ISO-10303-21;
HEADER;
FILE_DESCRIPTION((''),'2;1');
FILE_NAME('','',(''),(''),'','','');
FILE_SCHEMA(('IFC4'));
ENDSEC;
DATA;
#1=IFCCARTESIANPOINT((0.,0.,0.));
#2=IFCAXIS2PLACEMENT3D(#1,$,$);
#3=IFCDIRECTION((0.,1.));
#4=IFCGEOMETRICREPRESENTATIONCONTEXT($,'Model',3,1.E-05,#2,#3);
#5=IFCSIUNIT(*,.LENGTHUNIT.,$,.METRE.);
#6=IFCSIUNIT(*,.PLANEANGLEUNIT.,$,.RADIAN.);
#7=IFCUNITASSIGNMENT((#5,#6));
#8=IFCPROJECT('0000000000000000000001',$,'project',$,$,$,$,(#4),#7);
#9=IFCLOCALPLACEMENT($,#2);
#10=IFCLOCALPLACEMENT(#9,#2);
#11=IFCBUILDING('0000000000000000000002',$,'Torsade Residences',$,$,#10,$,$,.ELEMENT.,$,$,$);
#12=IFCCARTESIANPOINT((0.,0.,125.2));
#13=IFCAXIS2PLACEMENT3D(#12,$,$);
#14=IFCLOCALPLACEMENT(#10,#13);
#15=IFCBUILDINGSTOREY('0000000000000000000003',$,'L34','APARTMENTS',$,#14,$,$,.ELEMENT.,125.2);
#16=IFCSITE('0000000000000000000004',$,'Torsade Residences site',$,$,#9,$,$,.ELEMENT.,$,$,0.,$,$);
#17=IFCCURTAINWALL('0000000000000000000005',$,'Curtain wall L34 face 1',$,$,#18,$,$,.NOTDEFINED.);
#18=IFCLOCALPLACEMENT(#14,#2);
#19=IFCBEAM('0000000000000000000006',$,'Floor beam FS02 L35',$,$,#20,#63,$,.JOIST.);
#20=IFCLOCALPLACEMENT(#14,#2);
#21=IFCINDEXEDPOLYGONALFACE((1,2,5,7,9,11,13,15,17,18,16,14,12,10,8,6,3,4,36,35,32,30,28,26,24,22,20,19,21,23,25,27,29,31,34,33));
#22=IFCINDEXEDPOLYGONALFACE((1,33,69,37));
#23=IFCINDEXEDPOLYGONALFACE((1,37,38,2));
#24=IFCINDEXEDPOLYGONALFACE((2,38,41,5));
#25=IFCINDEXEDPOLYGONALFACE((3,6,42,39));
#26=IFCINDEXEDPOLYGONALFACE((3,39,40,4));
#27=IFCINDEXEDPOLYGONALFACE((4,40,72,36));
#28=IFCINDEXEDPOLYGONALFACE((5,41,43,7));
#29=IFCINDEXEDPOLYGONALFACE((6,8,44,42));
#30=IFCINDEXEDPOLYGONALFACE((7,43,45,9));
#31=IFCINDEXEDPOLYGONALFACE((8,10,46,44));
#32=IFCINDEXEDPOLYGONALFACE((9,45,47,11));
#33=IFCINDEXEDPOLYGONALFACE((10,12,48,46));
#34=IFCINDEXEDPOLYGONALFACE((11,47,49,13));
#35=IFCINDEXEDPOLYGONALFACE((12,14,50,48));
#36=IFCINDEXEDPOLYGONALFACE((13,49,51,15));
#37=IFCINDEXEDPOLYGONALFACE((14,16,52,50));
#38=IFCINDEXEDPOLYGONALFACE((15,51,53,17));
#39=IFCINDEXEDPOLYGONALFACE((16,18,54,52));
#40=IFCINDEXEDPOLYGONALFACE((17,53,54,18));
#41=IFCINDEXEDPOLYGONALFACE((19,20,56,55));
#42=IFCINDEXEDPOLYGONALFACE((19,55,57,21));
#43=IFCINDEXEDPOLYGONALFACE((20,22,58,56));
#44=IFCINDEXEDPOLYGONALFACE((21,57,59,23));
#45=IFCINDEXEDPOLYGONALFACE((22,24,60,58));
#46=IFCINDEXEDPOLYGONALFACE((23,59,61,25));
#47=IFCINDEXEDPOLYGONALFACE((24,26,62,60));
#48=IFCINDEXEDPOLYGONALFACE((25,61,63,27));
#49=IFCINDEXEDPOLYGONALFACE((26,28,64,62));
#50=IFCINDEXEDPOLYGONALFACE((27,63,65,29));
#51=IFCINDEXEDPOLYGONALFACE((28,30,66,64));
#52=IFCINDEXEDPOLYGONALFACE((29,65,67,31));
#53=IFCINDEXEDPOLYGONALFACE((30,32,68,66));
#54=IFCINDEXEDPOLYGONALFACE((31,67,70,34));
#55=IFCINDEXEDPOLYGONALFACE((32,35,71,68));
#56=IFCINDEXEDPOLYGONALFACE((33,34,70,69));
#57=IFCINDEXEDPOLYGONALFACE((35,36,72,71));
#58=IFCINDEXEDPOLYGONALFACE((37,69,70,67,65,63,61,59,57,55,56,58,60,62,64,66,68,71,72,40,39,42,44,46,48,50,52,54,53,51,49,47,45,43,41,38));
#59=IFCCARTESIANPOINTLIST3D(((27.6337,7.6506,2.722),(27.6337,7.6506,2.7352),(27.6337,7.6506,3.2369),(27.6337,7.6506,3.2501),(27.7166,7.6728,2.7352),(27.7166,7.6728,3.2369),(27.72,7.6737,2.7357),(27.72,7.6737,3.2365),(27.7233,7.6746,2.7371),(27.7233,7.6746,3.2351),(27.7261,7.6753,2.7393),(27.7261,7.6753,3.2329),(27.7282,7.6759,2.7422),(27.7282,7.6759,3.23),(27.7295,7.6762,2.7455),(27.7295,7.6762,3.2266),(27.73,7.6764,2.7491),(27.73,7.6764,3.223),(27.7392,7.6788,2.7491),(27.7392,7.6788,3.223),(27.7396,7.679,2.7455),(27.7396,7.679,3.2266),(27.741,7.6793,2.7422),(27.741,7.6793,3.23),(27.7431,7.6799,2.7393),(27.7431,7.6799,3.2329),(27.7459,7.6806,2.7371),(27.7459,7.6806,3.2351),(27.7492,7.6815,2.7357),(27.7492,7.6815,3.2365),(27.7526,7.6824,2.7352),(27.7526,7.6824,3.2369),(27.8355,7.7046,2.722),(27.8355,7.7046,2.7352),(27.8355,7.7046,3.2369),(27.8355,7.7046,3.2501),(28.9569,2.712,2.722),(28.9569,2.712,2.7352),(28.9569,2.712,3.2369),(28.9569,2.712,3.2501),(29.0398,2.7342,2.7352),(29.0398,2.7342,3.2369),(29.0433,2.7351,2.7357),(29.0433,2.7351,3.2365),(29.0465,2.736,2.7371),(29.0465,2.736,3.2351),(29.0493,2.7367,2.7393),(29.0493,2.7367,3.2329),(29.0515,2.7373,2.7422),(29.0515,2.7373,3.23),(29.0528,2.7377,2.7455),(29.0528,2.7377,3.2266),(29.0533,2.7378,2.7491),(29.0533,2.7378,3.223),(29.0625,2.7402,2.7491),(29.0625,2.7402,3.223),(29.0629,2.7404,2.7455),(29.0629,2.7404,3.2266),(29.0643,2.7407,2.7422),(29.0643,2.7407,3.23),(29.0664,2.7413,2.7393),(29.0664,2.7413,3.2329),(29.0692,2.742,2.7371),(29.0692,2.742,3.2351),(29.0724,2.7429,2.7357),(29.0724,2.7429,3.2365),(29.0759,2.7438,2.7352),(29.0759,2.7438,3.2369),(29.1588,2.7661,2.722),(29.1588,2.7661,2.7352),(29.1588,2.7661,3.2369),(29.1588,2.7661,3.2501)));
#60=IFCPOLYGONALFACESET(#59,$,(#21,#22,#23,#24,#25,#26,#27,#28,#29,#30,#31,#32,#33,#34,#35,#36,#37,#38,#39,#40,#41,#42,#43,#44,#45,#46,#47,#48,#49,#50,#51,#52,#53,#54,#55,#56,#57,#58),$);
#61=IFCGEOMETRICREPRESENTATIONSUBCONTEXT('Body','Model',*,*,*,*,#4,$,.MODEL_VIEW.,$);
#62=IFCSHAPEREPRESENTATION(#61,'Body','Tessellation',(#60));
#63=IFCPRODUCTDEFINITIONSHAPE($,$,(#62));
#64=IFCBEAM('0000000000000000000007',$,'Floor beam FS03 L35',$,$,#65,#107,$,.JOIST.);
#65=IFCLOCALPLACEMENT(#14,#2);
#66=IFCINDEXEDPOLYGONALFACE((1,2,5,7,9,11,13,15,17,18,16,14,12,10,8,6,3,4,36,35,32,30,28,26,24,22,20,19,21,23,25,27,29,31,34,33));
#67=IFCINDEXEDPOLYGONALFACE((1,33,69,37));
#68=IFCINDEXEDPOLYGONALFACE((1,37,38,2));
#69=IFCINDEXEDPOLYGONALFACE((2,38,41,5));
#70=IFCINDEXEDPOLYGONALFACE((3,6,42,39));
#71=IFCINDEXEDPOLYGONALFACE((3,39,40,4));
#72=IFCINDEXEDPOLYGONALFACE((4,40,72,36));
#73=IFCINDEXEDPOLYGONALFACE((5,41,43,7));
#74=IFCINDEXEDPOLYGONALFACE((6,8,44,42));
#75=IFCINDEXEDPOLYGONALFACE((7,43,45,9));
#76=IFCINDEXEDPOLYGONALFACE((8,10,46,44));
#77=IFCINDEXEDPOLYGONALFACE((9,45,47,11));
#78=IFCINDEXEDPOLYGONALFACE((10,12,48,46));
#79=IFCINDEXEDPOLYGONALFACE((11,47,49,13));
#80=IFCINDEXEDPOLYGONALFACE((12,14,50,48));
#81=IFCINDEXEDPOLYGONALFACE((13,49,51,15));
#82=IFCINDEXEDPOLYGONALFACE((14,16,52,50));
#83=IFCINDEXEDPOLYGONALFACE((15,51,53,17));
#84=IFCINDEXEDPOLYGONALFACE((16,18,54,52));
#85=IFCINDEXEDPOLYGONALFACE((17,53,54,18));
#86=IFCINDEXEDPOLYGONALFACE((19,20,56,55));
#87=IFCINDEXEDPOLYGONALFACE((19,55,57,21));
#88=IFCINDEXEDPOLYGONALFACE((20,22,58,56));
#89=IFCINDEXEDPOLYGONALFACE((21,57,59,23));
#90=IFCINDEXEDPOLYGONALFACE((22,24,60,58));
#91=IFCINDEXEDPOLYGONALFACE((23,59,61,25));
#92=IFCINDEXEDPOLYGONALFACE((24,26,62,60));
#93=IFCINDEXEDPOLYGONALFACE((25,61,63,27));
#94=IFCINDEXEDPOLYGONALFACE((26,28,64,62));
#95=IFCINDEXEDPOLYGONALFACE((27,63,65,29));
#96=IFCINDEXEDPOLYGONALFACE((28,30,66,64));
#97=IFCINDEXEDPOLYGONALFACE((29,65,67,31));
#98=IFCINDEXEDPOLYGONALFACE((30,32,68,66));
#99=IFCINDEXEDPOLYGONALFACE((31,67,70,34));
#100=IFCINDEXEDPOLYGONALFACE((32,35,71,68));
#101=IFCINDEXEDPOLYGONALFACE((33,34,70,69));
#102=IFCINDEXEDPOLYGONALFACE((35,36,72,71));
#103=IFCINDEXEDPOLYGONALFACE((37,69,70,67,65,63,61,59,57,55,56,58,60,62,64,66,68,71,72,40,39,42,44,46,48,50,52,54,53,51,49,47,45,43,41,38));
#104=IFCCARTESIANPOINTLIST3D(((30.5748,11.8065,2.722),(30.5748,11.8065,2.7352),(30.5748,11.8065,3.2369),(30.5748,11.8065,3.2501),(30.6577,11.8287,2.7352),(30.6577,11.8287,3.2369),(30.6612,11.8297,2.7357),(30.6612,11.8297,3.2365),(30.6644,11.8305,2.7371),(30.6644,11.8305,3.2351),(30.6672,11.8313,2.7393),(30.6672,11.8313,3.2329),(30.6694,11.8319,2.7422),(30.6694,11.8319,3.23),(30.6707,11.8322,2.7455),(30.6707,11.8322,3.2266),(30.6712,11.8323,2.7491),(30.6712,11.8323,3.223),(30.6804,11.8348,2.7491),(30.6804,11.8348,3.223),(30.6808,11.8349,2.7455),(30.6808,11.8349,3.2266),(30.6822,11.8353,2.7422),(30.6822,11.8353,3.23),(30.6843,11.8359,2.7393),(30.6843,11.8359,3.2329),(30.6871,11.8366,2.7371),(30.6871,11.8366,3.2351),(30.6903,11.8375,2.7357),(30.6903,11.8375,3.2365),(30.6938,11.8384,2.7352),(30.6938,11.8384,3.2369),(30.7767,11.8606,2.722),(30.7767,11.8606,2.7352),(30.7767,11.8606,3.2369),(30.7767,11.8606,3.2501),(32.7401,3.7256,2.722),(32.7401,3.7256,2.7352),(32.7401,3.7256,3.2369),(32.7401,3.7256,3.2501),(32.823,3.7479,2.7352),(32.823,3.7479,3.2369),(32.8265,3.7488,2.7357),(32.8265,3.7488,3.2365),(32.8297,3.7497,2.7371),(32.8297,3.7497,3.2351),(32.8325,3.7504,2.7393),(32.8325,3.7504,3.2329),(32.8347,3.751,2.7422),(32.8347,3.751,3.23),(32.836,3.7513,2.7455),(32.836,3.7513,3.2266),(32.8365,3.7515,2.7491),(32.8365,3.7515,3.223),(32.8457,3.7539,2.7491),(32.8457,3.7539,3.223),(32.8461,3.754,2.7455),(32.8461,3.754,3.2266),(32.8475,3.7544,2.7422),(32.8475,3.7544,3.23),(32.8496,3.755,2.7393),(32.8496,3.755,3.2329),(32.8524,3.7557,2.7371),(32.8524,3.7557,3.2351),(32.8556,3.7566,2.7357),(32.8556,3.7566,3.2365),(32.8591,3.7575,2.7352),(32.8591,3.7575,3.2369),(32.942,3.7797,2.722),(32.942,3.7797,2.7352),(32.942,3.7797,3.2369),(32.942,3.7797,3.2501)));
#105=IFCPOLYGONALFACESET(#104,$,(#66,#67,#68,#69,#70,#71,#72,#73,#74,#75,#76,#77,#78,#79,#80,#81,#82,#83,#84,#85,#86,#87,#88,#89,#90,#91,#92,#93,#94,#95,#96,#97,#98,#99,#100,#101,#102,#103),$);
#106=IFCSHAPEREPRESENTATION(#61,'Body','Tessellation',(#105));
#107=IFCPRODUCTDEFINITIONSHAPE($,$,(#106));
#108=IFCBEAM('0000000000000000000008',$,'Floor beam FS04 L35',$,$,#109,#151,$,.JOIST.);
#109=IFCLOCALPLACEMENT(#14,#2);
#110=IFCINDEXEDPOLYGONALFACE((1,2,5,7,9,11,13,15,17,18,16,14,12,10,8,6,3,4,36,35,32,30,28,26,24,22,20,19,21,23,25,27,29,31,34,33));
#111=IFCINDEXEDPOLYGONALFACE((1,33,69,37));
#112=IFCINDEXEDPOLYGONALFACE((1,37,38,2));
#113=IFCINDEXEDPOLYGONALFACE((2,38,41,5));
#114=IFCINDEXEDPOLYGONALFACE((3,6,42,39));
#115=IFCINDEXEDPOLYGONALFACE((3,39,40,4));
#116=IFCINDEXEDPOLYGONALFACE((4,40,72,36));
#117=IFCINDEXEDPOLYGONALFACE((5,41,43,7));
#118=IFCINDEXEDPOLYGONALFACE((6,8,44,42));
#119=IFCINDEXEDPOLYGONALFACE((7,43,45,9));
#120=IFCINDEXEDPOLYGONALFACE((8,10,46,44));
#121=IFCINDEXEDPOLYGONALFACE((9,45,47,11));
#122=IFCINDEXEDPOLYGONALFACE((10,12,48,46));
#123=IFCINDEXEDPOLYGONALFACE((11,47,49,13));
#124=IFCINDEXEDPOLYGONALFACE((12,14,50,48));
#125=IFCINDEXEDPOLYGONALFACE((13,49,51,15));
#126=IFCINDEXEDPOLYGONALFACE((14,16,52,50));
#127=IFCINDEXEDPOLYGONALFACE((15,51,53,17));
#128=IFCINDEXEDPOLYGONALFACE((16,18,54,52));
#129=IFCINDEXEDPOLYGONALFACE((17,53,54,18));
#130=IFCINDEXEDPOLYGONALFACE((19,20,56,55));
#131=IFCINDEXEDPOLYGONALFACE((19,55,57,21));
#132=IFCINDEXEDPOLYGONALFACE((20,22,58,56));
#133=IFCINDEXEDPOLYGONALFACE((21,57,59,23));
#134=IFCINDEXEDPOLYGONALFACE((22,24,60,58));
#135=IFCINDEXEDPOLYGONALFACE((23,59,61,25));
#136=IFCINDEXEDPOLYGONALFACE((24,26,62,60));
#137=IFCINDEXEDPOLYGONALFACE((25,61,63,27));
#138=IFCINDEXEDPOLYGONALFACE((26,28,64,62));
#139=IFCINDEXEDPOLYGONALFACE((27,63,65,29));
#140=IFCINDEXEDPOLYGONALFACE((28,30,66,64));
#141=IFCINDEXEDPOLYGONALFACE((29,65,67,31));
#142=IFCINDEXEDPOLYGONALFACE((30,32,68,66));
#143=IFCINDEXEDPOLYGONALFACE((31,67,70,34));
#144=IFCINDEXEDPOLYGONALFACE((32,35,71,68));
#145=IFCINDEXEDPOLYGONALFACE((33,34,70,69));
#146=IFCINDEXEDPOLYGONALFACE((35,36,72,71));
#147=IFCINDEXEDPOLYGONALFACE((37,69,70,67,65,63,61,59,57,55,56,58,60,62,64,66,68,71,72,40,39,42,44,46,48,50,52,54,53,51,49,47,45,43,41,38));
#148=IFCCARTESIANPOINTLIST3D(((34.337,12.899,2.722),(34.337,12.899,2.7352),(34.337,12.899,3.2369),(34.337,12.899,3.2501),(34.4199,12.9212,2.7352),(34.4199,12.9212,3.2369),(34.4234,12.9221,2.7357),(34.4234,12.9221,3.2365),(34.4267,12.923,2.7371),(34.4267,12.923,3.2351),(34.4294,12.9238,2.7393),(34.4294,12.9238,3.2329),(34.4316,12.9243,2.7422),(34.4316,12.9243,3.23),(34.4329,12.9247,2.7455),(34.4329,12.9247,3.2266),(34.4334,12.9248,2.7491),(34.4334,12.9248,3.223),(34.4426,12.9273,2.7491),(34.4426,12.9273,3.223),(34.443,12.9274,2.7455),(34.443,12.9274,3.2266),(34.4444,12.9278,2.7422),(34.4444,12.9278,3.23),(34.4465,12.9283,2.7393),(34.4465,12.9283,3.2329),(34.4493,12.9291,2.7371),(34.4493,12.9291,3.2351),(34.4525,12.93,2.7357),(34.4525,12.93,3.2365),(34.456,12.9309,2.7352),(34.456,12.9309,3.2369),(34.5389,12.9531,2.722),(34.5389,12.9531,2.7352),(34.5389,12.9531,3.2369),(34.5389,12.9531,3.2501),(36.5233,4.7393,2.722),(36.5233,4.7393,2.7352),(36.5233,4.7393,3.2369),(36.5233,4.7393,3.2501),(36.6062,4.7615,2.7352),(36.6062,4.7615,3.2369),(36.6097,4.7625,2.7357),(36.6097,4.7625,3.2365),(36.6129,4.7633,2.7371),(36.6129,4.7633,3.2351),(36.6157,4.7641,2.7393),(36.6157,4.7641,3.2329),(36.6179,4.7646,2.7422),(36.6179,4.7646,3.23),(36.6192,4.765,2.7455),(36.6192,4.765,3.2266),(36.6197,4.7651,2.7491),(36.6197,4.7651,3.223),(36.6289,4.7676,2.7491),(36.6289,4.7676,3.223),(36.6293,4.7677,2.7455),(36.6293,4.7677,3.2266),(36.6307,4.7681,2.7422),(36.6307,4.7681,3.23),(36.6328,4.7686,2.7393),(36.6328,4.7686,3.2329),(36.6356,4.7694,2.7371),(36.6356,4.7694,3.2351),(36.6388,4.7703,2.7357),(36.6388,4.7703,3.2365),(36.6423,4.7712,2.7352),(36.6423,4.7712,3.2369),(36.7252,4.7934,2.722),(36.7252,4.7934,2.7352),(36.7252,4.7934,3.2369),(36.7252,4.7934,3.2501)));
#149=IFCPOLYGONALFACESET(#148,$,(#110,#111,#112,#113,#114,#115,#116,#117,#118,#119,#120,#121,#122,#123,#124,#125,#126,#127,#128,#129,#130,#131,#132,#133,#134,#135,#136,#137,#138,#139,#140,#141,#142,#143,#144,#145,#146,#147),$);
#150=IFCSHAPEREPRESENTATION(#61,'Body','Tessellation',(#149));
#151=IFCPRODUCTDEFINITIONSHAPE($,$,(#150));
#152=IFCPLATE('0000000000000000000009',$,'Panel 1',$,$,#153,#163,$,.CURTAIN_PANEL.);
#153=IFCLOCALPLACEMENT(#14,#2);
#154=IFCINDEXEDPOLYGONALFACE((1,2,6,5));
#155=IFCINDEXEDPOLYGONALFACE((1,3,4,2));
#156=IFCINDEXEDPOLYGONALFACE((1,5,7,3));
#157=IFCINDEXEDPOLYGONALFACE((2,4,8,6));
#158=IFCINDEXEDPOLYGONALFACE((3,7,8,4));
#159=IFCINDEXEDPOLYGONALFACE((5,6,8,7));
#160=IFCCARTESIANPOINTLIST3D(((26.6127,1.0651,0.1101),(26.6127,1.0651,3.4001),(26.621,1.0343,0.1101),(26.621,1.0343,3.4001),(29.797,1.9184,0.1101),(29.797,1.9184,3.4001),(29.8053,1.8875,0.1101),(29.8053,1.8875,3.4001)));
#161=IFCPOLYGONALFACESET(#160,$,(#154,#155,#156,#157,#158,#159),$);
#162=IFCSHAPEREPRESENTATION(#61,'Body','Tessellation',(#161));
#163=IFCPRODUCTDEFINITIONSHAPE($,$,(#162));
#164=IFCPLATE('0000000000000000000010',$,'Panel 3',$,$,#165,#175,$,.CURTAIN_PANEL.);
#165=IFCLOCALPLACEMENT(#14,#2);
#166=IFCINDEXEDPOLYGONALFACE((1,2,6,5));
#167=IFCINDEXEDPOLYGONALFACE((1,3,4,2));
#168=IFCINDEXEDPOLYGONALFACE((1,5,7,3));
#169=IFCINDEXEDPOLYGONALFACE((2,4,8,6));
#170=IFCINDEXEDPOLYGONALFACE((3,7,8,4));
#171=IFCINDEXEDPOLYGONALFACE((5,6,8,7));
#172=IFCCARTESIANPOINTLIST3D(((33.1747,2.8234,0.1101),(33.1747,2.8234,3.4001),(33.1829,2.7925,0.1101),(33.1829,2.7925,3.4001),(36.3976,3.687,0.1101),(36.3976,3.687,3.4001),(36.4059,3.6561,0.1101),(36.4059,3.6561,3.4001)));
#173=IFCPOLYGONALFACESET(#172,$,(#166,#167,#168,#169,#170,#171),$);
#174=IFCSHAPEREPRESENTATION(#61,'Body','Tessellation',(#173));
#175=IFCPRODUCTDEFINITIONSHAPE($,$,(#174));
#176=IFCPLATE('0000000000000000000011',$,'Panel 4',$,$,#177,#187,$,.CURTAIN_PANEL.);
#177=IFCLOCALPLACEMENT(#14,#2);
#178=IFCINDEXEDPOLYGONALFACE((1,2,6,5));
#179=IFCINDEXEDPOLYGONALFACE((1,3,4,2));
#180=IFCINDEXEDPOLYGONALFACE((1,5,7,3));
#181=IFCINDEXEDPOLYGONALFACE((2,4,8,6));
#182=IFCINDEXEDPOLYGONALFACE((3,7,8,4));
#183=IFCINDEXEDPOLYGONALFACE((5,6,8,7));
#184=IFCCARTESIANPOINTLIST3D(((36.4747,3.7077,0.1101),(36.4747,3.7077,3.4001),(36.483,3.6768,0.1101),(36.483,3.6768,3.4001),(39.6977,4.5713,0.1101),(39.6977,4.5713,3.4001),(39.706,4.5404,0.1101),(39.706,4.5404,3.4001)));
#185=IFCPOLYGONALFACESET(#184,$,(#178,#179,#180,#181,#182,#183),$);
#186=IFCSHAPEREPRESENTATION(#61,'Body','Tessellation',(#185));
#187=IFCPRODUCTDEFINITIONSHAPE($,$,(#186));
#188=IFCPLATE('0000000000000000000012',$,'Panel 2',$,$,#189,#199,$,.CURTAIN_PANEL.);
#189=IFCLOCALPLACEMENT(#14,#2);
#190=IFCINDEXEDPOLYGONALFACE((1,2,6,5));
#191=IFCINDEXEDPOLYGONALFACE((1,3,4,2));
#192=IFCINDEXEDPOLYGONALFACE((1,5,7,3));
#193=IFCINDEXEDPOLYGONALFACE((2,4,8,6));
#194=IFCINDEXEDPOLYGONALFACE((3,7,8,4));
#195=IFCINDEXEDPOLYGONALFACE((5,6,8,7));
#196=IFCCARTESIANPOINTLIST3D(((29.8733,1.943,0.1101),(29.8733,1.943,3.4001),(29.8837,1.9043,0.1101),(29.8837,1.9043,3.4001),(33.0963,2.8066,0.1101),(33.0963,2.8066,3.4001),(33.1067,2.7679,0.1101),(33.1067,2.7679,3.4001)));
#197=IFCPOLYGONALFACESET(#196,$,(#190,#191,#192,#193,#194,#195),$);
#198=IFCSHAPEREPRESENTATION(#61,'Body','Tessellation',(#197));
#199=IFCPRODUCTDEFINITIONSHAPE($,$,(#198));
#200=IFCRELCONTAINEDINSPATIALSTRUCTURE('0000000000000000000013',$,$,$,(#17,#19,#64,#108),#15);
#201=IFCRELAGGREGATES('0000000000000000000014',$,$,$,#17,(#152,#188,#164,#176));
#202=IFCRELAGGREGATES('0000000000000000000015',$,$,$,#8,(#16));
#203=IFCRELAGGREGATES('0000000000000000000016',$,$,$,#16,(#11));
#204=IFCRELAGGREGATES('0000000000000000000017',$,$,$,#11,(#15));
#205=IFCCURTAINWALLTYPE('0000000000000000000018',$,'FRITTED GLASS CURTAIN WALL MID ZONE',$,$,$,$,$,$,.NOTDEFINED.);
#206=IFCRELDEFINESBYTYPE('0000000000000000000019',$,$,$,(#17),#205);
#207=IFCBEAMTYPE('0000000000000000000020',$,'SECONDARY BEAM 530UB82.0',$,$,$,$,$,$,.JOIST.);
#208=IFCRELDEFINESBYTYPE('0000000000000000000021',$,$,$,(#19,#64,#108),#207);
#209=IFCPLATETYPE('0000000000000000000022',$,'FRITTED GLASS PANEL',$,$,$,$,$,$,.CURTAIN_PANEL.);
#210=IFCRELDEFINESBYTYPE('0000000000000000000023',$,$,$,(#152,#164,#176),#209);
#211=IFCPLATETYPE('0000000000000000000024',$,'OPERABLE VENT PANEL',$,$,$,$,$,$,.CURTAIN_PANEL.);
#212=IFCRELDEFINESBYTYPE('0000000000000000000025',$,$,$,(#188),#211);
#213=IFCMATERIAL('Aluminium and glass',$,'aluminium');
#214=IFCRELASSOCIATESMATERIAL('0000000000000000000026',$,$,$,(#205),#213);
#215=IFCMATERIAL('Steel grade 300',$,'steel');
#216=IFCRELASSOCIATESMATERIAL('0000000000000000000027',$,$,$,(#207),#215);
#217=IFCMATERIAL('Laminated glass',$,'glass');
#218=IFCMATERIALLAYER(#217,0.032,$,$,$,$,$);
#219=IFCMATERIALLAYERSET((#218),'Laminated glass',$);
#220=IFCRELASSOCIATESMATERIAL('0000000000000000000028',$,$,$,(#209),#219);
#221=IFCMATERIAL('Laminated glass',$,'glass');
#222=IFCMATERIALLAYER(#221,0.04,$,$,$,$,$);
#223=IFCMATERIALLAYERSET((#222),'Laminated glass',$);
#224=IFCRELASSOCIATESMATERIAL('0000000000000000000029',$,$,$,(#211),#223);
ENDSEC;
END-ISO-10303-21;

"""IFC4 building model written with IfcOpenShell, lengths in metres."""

from ifc_helpers import new_model, si_unit, direction, frame, origin, origin_2d, place, context, subcontext, project, spatial, rectangle, i_section, extrude, material, layer, layer_set, material_profile, profile_set, type_object, element, aggregate, save


model = new_model("IFC4")

# Units and contexts
model_context = context("Model", 3, precision=1e-05, world=origin(), true_north=direction((0.0, 1.0)))
body_context = subcontext(model_context, "Body", "Model", "MODEL_VIEW")
ifc_project = project(units=[si_unit("LENGTHUNIT", "METRE"), si_unit("PLANEANGLEUNIT", "RADIAN")], contexts=[model_context])

# Site, building, storey
site_placement = place(None, origin())
site = spatial("IfcSite", under=ifc_project, at=site_placement, Name="Torsade Residences site", CompositionType="ELEMENT", RefElevation=0.0)
building_placement = place(site_placement, origin())
building = spatial("IfcBuilding", under=site, at=building_placement, Name="Torsade Residences", CompositionType="ELEMENT")
storey_placement = place(building_placement, frame((0.0, 0.0, 125.2)))
storey = spatial("IfcBuildingStorey", under=building, at=storey_placement, Name="L34", Description="APARTMENTS", CompositionType="ELEMENT", Elevation=125.2)

# Curtain wall
ifc_material_1 = material(Name="Aluminium and glass", Category="aluminium")
curtain_wall_type = type_object("IfcCurtainWallType", Name="FRITTED GLASS CURTAIN WALL MID ZONE", PredefinedType="NOTDEFINED", material=ifc_material_1)
curtain_wall_placement = place(storey_placement, origin())
curtain_wall = element("IfcCurtainWall", 1, at=curtain_wall_placement, inside=storey, type_object=curtain_wall_type, Name="Curtain wall L34 face 1", PredefinedType="NOTDEFINED")

# Beams
ifc_material_2 = material(Name="Steel grade 300", Category="steel")
ifc_material_profile_1 = material_profile(ifc_material_2, i_section(OverallWidth=0.209, OverallDepth=0.5281, WebThickness=0.0095, FlangeThickness=0.0132, FilletRadius=0.0139, at=origin_2d()), Name="530UB82.0")
ifc_profile_set_1 = profile_set([ifc_material_profile_1], Name="Steel grade 300")
beam_type_1 = type_object("IfcBeamType", Name="SECONDARY BEAM 530UB82.0", PredefinedType="JOIST", material=ifc_profile_set_1)
beam_1_placement = place(storey_placement, frame((29.0579, 2.739, 2.9861), z_axis=(-0.258816, 0.965927, 0.0), x_axis=(-0.965927, -0.258816, 0.0)))
element("IfcBeam", 2, at=beam_1_placement, inside=storey, type_object=beam_type_1, Name="Floor beam FS02 L35", PredefinedType="JOIST", context=body_context, shape_type="SweptSolid", body=[
    extrude(i_section(OverallWidth=0.209, OverallDepth=0.5281, WebThickness=0.0095, FlangeThickness=0.0132, FilletRadius=0.0139, at=origin_2d()), origin(), (0.0, 0.0, 1.0), 5.1128),
])
beam_2_placement = place(storey_placement, frame((32.8411, 3.7527, 2.9861), z_axis=(-0.258823, 0.965925, 0.0), x_axis=(-0.965925, -0.258823, 0.0)))
element("IfcBeam", 3, at=beam_2_placement, inside=storey, type_object=beam_type_1, Name="Floor beam FS03 L35", PredefinedType="JOIST", context=body_context, shape_type="SweptSolid", body=[
    extrude(i_section(OverallWidth=0.209, OverallDepth=0.5281, WebThickness=0.0095, FlangeThickness=0.0132, FilletRadius=0.0139, at=origin_2d()), origin(), (0.0, 0.0, 1.0), 8.366),
])
beam_3_placement = place(storey_placement, frame((36.6243, 4.7664, 2.9861), z_axis=(-0.258808, 0.965929, 0.0), x_axis=(-0.965929, -0.258808, 0.0)))
element("IfcBeam", 4, at=beam_3_placement, inside=storey, type_object=beam_type_1, Name="Floor beam FS04 L35", PredefinedType="JOIST", context=body_context, shape_type="SweptSolid", body=[
    extrude(i_section(OverallWidth=0.209, OverallDepth=0.5281, WebThickness=0.0095, FlangeThickness=0.0132, FilletRadius=0.0139, at=origin_2d()), origin(), (0.0, 0.0, 1.0), 8.4475),
])

# Plates
ifc_material_3 = material(Name="Laminated glass", Category="glass")
ifc_layer_1 = layer(ifc_material_3, 0.032)
ifc_layer_set_1 = layer_set([ifc_layer_1], Name="Laminated glass")
plate_type_1 = type_object("IfcPlateType", Name="FRITTED GLASS PANEL", PredefinedType="CURTAIN_PANEL", material=ifc_layer_set_1)
plate_1_placement = place(storey_placement, frame((28.209, 1.4763, 0.1101), z_axis=(0.0, 0.0, 1.0), x_axis=(0.965926, 0.258819, 0.0)))
plate_1 = element("IfcPlate", 5, at=plate_1_placement, type_object=plate_type_1, Name="Panel 1", PredefinedType="CURTAIN_PANEL", context=body_context, shape_type="SweptSolid", body=[
    extrude(rectangle(XDim=3.2966, YDim=0.032, at=origin_2d()), origin(), (0.0, 0.0, 1.0), 3.29),
])
plate_2_placement = place(storey_placement, frame((34.7903, 3.2397, 0.1101), z_axis=(0.0, 0.0, 1.0), x_axis=(0.965926, 0.258819, 0.0)))
plate_2 = element("IfcPlate", 6, at=plate_2_placement, type_object=plate_type_1, Name="Panel 3", PredefinedType="CURTAIN_PANEL", context=body_context, shape_type="SweptSolid", body=[
    extrude(rectangle(XDim=3.3367, YDim=0.032, at=origin_2d()), origin(), (0.0, 0.0, 1.0), 3.29),
])
plate_3_placement = place(storey_placement, frame((38.0903, 4.124, 0.1101), z_axis=(0.0, 0.0, 1.0), x_axis=(0.965926, 0.258819, 0.0)))
plate_3 = element("IfcPlate", 7, at=plate_3_placement, type_object=plate_type_1, Name="Panel 4", PredefinedType="CURTAIN_PANEL", context=body_context, shape_type="SweptSolid", body=[
    extrude(rectangle(XDim=3.3367, YDim=0.032, at=origin_2d()), origin(), (0.0, 0.0, 1.0), 3.29),
])
ifc_material_4 = material(Name="Laminated glass", Category="glass")
ifc_layer_2 = layer(ifc_material_4, 0.04)
ifc_layer_set_2 = layer_set([ifc_layer_2], Name="Laminated glass")
plate_type_2 = type_object("IfcPlateType", Name="OPERABLE VENT PANEL", PredefinedType="CURTAIN_PANEL", material=ifc_layer_set_2)
plate_4_placement = place(storey_placement, frame((31.49, 2.3555, 0.1101), z_axis=(0.0, 0.0, 1.0), x_axis=(0.965926, 0.258819, 0.0)))
plate_4 = element("IfcPlate", 8, at=plate_4_placement, type_object=plate_type_2, Name="Panel 2", PredefinedType="CURTAIN_PANEL", context=body_context, shape_type="SweptSolid", body=[
    extrude(rectangle(XDim=3.3367, YDim=0.04, at=origin_2d()), origin(), (0.0, 0.0, 1.0), 3.29),
])
aggregate(curtain_wall, [plate_1, plate_4, plate_2, plate_3])

save(model, "model.ifc")
